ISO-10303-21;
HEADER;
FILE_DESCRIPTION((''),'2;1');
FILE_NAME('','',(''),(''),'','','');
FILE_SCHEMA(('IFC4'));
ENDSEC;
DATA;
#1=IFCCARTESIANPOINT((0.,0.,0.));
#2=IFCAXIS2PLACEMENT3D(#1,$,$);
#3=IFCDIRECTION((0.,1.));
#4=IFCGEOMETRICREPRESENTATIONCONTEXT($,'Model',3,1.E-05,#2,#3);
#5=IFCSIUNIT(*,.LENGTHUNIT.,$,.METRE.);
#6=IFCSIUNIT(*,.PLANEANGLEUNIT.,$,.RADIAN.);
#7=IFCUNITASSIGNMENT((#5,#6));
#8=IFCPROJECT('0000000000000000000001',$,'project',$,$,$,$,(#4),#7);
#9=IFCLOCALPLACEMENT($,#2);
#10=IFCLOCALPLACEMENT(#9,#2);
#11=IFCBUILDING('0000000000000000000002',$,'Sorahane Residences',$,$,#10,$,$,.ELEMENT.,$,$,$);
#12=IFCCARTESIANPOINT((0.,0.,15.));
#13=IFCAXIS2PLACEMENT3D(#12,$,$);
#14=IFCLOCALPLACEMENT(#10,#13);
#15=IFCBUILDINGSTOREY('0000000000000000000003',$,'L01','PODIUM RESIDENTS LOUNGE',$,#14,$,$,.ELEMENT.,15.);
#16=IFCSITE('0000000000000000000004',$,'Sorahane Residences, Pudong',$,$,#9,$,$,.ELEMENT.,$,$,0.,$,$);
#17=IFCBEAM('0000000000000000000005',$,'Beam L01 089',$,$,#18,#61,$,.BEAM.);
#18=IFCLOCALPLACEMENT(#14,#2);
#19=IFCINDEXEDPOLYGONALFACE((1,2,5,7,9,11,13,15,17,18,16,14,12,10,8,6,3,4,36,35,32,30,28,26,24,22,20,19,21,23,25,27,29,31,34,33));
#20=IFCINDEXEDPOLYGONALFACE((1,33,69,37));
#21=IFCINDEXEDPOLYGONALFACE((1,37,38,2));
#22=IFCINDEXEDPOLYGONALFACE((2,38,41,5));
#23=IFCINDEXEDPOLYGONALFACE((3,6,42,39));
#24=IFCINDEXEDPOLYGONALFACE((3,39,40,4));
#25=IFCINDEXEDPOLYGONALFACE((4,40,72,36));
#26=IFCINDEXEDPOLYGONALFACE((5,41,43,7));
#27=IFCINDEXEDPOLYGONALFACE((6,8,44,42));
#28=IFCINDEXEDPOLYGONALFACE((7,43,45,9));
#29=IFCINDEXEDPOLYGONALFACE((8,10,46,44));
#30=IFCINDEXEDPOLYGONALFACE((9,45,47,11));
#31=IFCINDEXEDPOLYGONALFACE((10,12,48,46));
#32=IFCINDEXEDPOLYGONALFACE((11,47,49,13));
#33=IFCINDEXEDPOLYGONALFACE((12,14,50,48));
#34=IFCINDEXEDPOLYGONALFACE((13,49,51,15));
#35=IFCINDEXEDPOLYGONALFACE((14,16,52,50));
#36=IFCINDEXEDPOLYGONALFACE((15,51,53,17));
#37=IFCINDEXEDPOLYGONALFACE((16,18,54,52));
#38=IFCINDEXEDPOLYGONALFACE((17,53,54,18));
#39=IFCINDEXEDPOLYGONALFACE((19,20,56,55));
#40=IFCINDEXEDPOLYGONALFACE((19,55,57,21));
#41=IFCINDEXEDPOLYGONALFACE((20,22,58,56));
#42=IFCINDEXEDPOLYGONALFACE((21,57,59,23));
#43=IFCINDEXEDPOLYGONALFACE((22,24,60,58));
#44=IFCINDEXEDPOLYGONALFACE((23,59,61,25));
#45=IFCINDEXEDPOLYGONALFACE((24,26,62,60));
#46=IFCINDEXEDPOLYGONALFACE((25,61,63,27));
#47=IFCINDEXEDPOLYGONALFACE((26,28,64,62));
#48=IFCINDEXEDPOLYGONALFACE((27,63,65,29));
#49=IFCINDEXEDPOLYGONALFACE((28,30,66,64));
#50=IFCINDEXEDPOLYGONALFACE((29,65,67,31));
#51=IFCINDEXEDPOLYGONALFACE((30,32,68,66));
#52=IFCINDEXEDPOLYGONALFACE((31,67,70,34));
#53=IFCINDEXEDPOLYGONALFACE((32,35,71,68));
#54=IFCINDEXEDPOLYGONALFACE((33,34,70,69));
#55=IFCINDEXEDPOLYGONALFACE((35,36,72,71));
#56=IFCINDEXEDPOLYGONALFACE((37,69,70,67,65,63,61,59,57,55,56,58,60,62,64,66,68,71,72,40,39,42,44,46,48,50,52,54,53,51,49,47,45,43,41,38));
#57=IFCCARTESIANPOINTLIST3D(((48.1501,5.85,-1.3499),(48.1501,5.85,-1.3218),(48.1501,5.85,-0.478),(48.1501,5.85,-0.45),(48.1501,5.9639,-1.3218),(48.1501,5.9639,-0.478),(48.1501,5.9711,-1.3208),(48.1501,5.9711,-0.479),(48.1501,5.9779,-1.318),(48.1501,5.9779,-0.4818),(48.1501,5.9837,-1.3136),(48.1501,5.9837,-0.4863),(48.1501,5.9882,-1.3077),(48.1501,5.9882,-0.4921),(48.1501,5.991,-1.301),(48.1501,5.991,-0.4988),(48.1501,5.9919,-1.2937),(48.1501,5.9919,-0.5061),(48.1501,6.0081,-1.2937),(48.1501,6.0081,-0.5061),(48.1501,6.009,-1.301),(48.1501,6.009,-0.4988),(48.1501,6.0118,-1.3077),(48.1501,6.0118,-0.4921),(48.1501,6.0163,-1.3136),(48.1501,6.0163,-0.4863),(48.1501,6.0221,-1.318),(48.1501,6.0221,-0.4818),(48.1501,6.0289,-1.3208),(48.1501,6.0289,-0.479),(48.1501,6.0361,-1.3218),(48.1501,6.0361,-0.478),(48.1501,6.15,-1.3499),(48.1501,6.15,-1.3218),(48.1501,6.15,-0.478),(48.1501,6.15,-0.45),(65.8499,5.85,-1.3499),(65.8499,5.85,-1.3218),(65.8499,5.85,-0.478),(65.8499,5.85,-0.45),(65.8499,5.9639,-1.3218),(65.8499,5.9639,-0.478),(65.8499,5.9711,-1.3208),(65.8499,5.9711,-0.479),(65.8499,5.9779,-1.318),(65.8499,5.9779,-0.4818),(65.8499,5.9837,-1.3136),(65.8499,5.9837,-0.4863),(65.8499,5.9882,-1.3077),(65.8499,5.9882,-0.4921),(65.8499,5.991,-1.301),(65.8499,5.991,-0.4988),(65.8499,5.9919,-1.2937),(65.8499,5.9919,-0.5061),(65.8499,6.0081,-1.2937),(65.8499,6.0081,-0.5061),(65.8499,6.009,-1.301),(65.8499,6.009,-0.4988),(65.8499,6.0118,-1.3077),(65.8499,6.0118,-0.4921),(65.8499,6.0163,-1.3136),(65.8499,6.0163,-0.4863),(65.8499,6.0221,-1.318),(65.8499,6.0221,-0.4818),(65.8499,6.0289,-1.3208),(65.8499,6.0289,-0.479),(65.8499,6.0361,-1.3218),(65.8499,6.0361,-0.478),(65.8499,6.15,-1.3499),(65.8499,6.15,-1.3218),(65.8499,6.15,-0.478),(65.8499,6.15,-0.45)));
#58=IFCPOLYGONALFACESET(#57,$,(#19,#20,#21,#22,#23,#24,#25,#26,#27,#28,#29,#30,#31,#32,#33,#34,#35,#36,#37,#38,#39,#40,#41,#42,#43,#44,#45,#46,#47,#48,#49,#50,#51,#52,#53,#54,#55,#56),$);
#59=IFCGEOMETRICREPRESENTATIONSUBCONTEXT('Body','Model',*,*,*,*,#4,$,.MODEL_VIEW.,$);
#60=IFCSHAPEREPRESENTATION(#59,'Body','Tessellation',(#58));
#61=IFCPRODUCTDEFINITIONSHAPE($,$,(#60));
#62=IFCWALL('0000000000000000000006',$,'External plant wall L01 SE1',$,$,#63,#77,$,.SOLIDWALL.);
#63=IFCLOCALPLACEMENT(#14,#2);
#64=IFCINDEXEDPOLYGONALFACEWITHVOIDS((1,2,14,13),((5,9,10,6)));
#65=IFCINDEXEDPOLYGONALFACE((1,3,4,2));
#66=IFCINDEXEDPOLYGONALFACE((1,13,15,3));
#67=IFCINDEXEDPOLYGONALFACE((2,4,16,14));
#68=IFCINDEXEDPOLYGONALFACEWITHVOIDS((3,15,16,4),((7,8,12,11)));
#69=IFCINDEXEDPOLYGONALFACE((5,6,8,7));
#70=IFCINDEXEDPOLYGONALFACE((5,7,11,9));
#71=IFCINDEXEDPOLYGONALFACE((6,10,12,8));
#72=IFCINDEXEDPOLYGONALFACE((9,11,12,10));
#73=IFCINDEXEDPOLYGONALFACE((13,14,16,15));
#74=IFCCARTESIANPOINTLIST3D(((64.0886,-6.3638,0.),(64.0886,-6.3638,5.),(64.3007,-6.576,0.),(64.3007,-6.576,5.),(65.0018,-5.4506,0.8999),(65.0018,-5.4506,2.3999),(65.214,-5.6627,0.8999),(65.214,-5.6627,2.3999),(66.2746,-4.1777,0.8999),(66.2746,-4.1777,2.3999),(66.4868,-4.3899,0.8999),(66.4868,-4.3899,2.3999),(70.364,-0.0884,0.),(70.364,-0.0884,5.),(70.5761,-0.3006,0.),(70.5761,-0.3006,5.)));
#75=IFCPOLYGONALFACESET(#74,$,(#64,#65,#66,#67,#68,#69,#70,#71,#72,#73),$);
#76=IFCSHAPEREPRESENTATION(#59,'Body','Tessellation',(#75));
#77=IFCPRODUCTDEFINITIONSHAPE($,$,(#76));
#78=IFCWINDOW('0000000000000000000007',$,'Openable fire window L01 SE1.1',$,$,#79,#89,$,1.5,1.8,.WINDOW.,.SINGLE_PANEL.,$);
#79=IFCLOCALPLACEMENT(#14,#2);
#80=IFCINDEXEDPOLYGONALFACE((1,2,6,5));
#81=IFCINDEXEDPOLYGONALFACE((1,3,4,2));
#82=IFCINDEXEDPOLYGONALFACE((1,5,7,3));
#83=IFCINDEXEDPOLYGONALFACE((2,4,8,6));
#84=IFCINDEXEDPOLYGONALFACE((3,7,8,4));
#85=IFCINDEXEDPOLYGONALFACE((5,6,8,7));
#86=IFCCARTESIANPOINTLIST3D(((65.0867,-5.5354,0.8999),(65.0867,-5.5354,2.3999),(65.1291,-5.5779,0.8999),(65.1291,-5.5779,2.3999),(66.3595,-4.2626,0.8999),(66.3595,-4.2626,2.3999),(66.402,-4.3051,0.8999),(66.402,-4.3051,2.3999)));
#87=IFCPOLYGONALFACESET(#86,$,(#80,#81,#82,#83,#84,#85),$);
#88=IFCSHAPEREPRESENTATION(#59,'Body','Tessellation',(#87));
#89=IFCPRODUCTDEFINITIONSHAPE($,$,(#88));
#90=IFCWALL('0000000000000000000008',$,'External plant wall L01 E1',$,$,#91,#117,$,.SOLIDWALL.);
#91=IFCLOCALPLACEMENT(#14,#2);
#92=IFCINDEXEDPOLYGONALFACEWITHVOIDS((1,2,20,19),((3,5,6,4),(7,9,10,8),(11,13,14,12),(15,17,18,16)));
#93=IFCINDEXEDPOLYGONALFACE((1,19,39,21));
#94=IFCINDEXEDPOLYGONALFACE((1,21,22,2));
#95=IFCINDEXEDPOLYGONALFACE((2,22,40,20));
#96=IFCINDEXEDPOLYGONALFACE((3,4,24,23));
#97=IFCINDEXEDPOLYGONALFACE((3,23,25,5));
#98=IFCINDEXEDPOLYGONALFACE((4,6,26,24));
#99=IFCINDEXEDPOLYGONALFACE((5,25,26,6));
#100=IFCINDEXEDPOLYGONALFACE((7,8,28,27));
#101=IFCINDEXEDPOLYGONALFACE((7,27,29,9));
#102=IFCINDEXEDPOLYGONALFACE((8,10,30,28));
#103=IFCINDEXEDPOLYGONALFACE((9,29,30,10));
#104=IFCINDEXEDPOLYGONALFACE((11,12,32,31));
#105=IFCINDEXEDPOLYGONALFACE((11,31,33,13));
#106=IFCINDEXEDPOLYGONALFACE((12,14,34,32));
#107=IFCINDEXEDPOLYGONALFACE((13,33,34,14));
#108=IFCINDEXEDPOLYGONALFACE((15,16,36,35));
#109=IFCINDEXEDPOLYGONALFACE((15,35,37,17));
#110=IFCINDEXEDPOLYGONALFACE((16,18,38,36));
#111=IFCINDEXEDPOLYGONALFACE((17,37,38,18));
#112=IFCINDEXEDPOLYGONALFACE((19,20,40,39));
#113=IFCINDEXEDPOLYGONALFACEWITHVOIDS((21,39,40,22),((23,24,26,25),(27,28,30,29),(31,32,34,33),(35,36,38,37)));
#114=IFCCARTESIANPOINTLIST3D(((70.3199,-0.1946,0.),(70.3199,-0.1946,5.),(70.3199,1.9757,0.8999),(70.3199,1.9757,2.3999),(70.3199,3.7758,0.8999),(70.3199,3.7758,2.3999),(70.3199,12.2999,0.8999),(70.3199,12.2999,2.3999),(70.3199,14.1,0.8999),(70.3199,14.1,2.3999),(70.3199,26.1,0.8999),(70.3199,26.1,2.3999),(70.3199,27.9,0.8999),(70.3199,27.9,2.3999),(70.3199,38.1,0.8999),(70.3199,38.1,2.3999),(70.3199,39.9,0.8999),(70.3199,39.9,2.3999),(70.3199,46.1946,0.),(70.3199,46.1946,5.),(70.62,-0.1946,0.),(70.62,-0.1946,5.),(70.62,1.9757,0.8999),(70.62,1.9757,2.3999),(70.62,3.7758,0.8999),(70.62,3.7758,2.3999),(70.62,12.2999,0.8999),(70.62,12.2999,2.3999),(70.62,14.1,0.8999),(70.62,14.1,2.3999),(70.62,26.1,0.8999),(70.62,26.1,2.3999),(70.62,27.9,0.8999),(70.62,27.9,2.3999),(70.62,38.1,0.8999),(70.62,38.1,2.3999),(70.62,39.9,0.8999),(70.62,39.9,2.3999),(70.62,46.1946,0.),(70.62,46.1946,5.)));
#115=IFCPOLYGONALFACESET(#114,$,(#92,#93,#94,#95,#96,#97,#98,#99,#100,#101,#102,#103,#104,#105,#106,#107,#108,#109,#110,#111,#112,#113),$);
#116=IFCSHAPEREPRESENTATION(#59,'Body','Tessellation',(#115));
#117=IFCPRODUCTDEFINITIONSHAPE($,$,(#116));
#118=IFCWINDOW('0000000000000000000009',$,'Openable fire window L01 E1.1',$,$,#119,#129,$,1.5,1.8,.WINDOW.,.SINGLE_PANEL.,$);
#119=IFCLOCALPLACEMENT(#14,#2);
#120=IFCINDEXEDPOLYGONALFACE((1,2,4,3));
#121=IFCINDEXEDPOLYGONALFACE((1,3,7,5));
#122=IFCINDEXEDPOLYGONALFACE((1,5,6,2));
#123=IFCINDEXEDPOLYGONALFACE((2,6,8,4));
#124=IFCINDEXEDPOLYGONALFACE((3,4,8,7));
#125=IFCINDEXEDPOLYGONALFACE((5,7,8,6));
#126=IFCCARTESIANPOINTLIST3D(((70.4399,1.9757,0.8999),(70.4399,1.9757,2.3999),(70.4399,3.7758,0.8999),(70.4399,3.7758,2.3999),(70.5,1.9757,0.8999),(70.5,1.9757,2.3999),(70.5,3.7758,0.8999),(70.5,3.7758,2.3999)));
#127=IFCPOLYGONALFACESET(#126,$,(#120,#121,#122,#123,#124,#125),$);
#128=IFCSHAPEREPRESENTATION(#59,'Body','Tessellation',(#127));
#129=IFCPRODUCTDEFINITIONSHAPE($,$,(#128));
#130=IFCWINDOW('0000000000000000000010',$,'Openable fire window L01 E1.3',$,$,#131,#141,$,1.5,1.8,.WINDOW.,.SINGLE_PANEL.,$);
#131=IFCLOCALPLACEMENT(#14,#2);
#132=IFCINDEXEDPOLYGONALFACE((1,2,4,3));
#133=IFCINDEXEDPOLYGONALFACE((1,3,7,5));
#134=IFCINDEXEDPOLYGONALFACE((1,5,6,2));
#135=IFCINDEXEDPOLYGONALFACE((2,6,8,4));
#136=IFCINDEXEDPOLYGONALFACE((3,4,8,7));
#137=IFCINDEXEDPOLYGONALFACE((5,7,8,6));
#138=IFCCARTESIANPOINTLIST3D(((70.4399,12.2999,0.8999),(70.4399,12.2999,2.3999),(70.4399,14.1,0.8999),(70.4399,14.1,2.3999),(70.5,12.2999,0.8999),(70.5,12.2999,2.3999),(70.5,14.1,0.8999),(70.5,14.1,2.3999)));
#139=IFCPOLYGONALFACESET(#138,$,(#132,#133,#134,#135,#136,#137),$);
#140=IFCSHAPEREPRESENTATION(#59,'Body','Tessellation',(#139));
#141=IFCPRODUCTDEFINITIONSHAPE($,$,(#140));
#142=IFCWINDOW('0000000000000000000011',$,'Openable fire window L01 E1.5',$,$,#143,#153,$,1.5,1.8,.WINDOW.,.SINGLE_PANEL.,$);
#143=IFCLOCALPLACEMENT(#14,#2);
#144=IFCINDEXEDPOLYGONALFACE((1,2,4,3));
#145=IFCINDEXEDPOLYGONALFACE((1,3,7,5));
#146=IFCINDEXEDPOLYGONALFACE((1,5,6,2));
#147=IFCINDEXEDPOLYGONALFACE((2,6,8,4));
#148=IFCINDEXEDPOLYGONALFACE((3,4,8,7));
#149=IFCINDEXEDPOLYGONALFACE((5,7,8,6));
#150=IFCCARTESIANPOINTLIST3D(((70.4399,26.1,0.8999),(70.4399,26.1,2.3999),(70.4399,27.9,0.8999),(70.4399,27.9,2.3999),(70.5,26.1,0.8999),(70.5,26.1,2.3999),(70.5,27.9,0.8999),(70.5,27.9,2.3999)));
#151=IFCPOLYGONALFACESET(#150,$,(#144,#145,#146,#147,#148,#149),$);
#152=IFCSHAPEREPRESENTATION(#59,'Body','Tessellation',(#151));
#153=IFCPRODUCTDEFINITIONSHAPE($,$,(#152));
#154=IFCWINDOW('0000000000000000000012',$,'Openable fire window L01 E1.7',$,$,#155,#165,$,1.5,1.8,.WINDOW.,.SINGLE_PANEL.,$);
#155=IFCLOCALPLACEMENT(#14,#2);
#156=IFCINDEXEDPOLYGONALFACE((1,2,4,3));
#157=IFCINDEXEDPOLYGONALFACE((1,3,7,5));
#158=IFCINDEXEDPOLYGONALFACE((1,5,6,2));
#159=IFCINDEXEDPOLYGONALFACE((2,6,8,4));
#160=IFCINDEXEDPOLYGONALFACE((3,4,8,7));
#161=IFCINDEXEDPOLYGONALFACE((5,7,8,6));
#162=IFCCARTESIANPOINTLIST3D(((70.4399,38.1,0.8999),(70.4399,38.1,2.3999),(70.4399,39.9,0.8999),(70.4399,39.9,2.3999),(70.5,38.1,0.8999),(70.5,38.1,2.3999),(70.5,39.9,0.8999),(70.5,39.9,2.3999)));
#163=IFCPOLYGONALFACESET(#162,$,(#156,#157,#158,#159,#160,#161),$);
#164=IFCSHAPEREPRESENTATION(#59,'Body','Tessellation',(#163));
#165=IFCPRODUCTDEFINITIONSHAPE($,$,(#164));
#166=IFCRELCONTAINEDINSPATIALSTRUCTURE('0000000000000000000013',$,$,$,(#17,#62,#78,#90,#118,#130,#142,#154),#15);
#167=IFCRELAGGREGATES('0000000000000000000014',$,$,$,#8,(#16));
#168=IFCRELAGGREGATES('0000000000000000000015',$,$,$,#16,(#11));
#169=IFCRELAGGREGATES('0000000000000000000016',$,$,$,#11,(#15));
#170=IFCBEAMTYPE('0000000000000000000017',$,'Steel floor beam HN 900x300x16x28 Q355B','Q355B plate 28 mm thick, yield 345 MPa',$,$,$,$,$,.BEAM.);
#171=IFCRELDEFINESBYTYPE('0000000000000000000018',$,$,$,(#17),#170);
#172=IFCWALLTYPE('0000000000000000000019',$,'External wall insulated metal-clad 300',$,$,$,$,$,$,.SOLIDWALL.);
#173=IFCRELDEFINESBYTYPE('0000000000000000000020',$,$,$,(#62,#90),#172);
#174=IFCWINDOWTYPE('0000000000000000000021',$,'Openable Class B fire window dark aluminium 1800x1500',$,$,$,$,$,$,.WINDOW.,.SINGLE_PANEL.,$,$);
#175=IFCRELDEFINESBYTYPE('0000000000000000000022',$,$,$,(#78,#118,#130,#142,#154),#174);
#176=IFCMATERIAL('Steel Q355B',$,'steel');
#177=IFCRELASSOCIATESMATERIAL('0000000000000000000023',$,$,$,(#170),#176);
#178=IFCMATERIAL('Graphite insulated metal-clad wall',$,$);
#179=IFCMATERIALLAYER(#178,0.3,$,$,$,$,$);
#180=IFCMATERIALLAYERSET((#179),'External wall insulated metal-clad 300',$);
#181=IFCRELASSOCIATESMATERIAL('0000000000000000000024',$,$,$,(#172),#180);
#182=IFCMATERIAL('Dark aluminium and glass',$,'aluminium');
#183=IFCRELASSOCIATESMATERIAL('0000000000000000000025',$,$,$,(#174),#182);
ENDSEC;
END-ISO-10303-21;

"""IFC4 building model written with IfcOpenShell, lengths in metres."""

from ifc_helpers import new_model, si_unit, direction, frame, frame_2d, origin, origin_2d, place, context, subcontext, project, spatial, rectangle, i_section, extrude, material, layer, layer_set, material_profile, profile_set, type_object, element, fill, save


model = new_model("IFC4")

# Units and contexts
model_context = context("Model", 3, precision=1e-05, world=origin(), true_north=direction((0.0, 1.0)))
body_context = subcontext(model_context, "Body", "Model", "MODEL_VIEW")
ifc_project = project(units=[si_unit("LENGTHUNIT", "METRE"), si_unit("PLANEANGLEUNIT", "RADIAN")], contexts=[model_context])

# Site, building, storey
site_placement = place(None, origin())
site = spatial("IfcSite", under=ifc_project, at=site_placement, Name="Sorahane Residences, Pudong", CompositionType="ELEMENT", RefElevation=0.0)
building_placement = place(site_placement, origin())
building = spatial("IfcBuilding", under=site, at=building_placement, Name="Sorahane Residences", CompositionType="ELEMENT")
storey_placement = place(building_placement, frame((0.0, 0.0, 15.0)))
storey = spatial("IfcBuildingStorey", under=building, at=storey_placement, Name="L01", Description="PODIUM RESIDENTS LOUNGE", CompositionType="ELEMENT", Elevation=15.0)

# Beam
ifc_material_1 = material(Name="Steel Q355B", Category="steel")
ifc_material_profile_1 = material_profile(ifc_material_1, i_section(OverallWidth=0.3, OverallDepth=0.8999, WebThickness=0.0161, FlangeThickness=0.0281, FilletRadius=0.0281, at=origin_2d()), Name="HN 900x300x16x28")
ifc_profile_set_1 = profile_set([ifc_material_profile_1], Name="Steel Q355B")
beam_type_1 = type_object("IfcBeamType", Name="Steel floor beam HN 900x300x16x28 Q355B", Description="Q355B plate 28 mm thick, yield 345 MPa", PredefinedType="BEAM", material=ifc_profile_set_1)
beam_1_placement = place(storey_placement, frame((48.1501, 6.0, -0.8999), z_axis=(1.0, 0.0, 0.0), x_axis=(0.0, 1.0, 0.0)))
element("IfcBeam", 1, at=beam_1_placement, inside=storey, type_object=beam_type_1, Name="Beam L01 089", PredefinedType="BEAM", context=body_context, shape_type="SweptSolid", body=[
    extrude(i_section(OverallWidth=0.3, OverallDepth=0.8999, WebThickness=0.0161, FlangeThickness=0.0281, FilletRadius=0.0281, at=origin_2d()), origin(), (0.0, 0.0, 1.0), 17.6997),
])

# Wall, opening, window
ifc_material_2 = material(Name="Graphite insulated metal-clad wall")
ifc_layer_1 = layer(ifc_material_2, 0.3)
ifc_layer_set_1 = layer_set([ifc_layer_1], Name="External wall insulated metal-clad 300")
wall_type_1 = type_object("IfcWallType", Name="External wall insulated metal-clad 300", PredefinedType="SOLIDWALL", material=ifc_layer_set_1)
wall_1_placement = place(storey_placement, frame((64.1946, -6.47, 0.0), z_axis=(0.0, 0.0, 1.0), x_axis=(0.707107, 0.707107, 0.0)))
wall_1 = element("IfcWall", 2, at=wall_1_placement, inside=storey, type_object=wall_type_1, Name="External plant wall L01 SE1", PredefinedType="SOLIDWALL", context=body_context, shape_type="SweptSolid", body=[
    extrude(rectangle(XDim=8.8748, YDim=0.3, at=frame_2d((4.4375, 0.0))), origin(), (0.0, 0.0, 1.0), 5.0),
])
opening_1_placement = place(wall_1_placement, frame((1.2917, 0.0, 0.8999)))
opening_1 = element("IfcOpeningElement", 3, at=opening_1_placement, cuts=wall_1, PredefinedType="OPENING", context=body_context, shape_type="SweptSolid", body=[
    extrude(rectangle(XDim=1.8, YDim=1.5, at=frame_2d((0.8999, 0.75))), frame((0.0, 0.1599, 0.0), z_axis=(0.0, -1.0, 0.0), x_axis=(1.0, 0.0, 0.0)), (0.0, 0.0, 1.0), 0.3201),
])
ifc_material_3 = material(Name="Dark aluminium and glass", Category="aluminium")
window_type = type_object("IfcWindowType", Name="Openable Class B fire window dark aluminium 1800x1500", PartitioningType="SINGLE_PANEL", PredefinedType="WINDOW", material=ifc_material_3)
window_1_placement = place(opening_1_placement, origin())
window_1 = element("IfcWindow", 4, at=window_1_placement, inside=storey, type_object=window_type, Name="Openable fire window L01 SE1.1", OverallHeight=1.5, OverallWidth=1.8, PartitioningType="SINGLE_PANEL", PredefinedType="WINDOW", context=body_context, shape_type="SweptSolid", body=[
    extrude(rectangle(XDim=1.8, YDim=1.5, at=frame_2d((0.8999, 0.75))), frame((0.0, 0.03, 0.0), z_axis=(0.0, -1.0, 0.0), x_axis=(1.0, 0.0, 0.0)), (0.0, 0.0, 1.0), 0.0601),
])
fill(opening_1, window_1)

# Wall, openings, windows
wall_2_placement = place(storey_placement, frame((70.47, -0.1946, 0.0), z_axis=(0.0, 0.0, 1.0), x_axis=(0.0, 1.0, 0.0)))
wall_2 = element("IfcWall", 5, at=wall_2_placement, inside=storey, type_object=wall_type_1, Name="External plant wall L01 E1", PredefinedType="SOLIDWALL", context=body_context, shape_type="SweptSolid", body=[
    extrude(rectangle(XDim=46.3892, YDim=0.3, at=frame_2d((23.1946, 0.0))), origin(), (0.0, 0.0, 1.0), 5.0),
])
opening_2_placement = place(wall_2_placement, frame((2.1704, 0.0, 0.8999)))
opening_2 = element("IfcOpeningElement", 6, at=opening_2_placement, cuts=wall_2, PredefinedType="OPENING", context=body_context, shape_type="SweptSolid", body=[
    extrude(rectangle(XDim=1.8, YDim=1.5, at=frame_2d((0.8999, 0.75))), frame((0.0, 0.1599, 0.0), z_axis=(0.0, -1.0, 0.0), x_axis=(1.0, 0.0, 0.0)), (0.0, 0.0, 1.0), 0.3201),
])
opening_3_placement = place(wall_2_placement, frame((12.4946, 0.0, 0.8999)))
opening_3 = element("IfcOpeningElement", 7, at=opening_3_placement, cuts=wall_2, PredefinedType="OPENING", context=body_context, shape_type="SweptSolid", body=[
    extrude(rectangle(XDim=1.8, YDim=1.5, at=frame_2d((0.8999, 0.75))), frame((0.0, 0.1599, 0.0), z_axis=(0.0, -1.0, 0.0), x_axis=(1.0, 0.0, 0.0)), (0.0, 0.0, 1.0), 0.3201),
])
opening_4_placement = place(wall_2_placement, frame((26.2947, 0.0, 0.8999)))
opening_4 = element("IfcOpeningElement", 8, at=opening_4_placement, cuts=wall_2, PredefinedType="OPENING", context=body_context, shape_type="SweptSolid", body=[
    extrude(rectangle(XDim=1.8, YDim=1.5, at=frame_2d((0.8999, 0.75))), frame((0.0, 0.1599, 0.0), z_axis=(0.0, -1.0, 0.0), x_axis=(1.0, 0.0, 0.0)), (0.0, 0.0, 1.0), 0.3201),
])
opening_5_placement = place(wall_2_placement, frame((38.2947, 0.0, 0.8999)))
opening_5 = element("IfcOpeningElement", 9, at=opening_5_placement, cuts=wall_2, PredefinedType="OPENING", context=body_context, shape_type="SweptSolid", body=[
    extrude(rectangle(XDim=1.8, YDim=1.5, at=frame_2d((0.8999, 0.75))), frame((0.0, 0.1599, 0.0), z_axis=(0.0, -1.0, 0.0), x_axis=(1.0, 0.0, 0.0)), (0.0, 0.0, 1.0), 0.3201),
])
window_2_placement = place(opening_2_placement, origin())
window_2 = element("IfcWindow", 10, at=window_2_placement, inside=storey, type_object=window_type, Name="Openable fire window L01 E1.1", OverallHeight=1.5, OverallWidth=1.8, PartitioningType="SINGLE_PANEL", PredefinedType="WINDOW", context=body_context, shape_type="SweptSolid", body=[
    extrude(rectangle(XDim=1.8, YDim=1.5, at=frame_2d((0.8999, 0.75))), frame((0.0, 0.03, 0.0), z_axis=(0.0, -1.0, 0.0), x_axis=(1.0, 0.0, 0.0)), (0.0, 0.0, 1.0), 0.0601),
])
fill(opening_2, window_2)
window_3_placement = place(opening_3_placement, origin())
window_3 = element("IfcWindow", 11, at=window_3_placement, inside=storey, type_object=window_type, Name="Openable fire window L01 E1.3", OverallHeight=1.5, OverallWidth=1.8, PartitioningType="SINGLE_PANEL", PredefinedType="WINDOW", context=body_context, shape_type="SweptSolid", body=[
    extrude(rectangle(XDim=1.8, YDim=1.5, at=frame_2d((0.8999, 0.75))), frame((0.0, 0.03, 0.0), z_axis=(0.0, -1.0, 0.0), x_axis=(1.0, 0.0, 0.0)), (0.0, 0.0, 1.0), 0.0601),
])
fill(opening_3, window_3)
window_4_placement = place(opening_4_placement, origin())
window_4 = element("IfcWindow", 12, at=window_4_placement, inside=storey, type_object=window_type, Name="Openable fire window L01 E1.5", OverallHeight=1.5, OverallWidth=1.8, PartitioningType="SINGLE_PANEL", PredefinedType="WINDOW", context=body_context, shape_type="SweptSolid", body=[
    extrude(rectangle(XDim=1.8, YDim=1.5, at=frame_2d((0.8999, 0.75))), frame((0.0, 0.03, 0.0), z_axis=(0.0, -1.0, 0.0), x_axis=(1.0, 0.0, 0.0)), (0.0, 0.0, 1.0), 0.0601),
])
fill(opening_4, window_4)
window_5_placement = place(opening_5_placement, origin())
window_5 = element("IfcWindow", 13, at=window_5_placement, inside=storey, type_object=window_type, Name="Openable fire window L01 E1.7", OverallHeight=1.5, OverallWidth=1.8, PartitioningType="SINGLE_PANEL", PredefinedType="WINDOW", context=body_context, shape_type="SweptSolid", body=[
    extrude(rectangle(XDim=1.8, YDim=1.5, at=frame_2d((0.8999, 0.75))), frame((0.0, 0.03, 0.0), z_axis=(0.0, -1.0, 0.0), x_axis=(1.0, 0.0, 0.0)), (0.0, 0.0, 1.0), 0.0601),
])
fill(opening_5, window_5)

save(model, "model.ifc")
